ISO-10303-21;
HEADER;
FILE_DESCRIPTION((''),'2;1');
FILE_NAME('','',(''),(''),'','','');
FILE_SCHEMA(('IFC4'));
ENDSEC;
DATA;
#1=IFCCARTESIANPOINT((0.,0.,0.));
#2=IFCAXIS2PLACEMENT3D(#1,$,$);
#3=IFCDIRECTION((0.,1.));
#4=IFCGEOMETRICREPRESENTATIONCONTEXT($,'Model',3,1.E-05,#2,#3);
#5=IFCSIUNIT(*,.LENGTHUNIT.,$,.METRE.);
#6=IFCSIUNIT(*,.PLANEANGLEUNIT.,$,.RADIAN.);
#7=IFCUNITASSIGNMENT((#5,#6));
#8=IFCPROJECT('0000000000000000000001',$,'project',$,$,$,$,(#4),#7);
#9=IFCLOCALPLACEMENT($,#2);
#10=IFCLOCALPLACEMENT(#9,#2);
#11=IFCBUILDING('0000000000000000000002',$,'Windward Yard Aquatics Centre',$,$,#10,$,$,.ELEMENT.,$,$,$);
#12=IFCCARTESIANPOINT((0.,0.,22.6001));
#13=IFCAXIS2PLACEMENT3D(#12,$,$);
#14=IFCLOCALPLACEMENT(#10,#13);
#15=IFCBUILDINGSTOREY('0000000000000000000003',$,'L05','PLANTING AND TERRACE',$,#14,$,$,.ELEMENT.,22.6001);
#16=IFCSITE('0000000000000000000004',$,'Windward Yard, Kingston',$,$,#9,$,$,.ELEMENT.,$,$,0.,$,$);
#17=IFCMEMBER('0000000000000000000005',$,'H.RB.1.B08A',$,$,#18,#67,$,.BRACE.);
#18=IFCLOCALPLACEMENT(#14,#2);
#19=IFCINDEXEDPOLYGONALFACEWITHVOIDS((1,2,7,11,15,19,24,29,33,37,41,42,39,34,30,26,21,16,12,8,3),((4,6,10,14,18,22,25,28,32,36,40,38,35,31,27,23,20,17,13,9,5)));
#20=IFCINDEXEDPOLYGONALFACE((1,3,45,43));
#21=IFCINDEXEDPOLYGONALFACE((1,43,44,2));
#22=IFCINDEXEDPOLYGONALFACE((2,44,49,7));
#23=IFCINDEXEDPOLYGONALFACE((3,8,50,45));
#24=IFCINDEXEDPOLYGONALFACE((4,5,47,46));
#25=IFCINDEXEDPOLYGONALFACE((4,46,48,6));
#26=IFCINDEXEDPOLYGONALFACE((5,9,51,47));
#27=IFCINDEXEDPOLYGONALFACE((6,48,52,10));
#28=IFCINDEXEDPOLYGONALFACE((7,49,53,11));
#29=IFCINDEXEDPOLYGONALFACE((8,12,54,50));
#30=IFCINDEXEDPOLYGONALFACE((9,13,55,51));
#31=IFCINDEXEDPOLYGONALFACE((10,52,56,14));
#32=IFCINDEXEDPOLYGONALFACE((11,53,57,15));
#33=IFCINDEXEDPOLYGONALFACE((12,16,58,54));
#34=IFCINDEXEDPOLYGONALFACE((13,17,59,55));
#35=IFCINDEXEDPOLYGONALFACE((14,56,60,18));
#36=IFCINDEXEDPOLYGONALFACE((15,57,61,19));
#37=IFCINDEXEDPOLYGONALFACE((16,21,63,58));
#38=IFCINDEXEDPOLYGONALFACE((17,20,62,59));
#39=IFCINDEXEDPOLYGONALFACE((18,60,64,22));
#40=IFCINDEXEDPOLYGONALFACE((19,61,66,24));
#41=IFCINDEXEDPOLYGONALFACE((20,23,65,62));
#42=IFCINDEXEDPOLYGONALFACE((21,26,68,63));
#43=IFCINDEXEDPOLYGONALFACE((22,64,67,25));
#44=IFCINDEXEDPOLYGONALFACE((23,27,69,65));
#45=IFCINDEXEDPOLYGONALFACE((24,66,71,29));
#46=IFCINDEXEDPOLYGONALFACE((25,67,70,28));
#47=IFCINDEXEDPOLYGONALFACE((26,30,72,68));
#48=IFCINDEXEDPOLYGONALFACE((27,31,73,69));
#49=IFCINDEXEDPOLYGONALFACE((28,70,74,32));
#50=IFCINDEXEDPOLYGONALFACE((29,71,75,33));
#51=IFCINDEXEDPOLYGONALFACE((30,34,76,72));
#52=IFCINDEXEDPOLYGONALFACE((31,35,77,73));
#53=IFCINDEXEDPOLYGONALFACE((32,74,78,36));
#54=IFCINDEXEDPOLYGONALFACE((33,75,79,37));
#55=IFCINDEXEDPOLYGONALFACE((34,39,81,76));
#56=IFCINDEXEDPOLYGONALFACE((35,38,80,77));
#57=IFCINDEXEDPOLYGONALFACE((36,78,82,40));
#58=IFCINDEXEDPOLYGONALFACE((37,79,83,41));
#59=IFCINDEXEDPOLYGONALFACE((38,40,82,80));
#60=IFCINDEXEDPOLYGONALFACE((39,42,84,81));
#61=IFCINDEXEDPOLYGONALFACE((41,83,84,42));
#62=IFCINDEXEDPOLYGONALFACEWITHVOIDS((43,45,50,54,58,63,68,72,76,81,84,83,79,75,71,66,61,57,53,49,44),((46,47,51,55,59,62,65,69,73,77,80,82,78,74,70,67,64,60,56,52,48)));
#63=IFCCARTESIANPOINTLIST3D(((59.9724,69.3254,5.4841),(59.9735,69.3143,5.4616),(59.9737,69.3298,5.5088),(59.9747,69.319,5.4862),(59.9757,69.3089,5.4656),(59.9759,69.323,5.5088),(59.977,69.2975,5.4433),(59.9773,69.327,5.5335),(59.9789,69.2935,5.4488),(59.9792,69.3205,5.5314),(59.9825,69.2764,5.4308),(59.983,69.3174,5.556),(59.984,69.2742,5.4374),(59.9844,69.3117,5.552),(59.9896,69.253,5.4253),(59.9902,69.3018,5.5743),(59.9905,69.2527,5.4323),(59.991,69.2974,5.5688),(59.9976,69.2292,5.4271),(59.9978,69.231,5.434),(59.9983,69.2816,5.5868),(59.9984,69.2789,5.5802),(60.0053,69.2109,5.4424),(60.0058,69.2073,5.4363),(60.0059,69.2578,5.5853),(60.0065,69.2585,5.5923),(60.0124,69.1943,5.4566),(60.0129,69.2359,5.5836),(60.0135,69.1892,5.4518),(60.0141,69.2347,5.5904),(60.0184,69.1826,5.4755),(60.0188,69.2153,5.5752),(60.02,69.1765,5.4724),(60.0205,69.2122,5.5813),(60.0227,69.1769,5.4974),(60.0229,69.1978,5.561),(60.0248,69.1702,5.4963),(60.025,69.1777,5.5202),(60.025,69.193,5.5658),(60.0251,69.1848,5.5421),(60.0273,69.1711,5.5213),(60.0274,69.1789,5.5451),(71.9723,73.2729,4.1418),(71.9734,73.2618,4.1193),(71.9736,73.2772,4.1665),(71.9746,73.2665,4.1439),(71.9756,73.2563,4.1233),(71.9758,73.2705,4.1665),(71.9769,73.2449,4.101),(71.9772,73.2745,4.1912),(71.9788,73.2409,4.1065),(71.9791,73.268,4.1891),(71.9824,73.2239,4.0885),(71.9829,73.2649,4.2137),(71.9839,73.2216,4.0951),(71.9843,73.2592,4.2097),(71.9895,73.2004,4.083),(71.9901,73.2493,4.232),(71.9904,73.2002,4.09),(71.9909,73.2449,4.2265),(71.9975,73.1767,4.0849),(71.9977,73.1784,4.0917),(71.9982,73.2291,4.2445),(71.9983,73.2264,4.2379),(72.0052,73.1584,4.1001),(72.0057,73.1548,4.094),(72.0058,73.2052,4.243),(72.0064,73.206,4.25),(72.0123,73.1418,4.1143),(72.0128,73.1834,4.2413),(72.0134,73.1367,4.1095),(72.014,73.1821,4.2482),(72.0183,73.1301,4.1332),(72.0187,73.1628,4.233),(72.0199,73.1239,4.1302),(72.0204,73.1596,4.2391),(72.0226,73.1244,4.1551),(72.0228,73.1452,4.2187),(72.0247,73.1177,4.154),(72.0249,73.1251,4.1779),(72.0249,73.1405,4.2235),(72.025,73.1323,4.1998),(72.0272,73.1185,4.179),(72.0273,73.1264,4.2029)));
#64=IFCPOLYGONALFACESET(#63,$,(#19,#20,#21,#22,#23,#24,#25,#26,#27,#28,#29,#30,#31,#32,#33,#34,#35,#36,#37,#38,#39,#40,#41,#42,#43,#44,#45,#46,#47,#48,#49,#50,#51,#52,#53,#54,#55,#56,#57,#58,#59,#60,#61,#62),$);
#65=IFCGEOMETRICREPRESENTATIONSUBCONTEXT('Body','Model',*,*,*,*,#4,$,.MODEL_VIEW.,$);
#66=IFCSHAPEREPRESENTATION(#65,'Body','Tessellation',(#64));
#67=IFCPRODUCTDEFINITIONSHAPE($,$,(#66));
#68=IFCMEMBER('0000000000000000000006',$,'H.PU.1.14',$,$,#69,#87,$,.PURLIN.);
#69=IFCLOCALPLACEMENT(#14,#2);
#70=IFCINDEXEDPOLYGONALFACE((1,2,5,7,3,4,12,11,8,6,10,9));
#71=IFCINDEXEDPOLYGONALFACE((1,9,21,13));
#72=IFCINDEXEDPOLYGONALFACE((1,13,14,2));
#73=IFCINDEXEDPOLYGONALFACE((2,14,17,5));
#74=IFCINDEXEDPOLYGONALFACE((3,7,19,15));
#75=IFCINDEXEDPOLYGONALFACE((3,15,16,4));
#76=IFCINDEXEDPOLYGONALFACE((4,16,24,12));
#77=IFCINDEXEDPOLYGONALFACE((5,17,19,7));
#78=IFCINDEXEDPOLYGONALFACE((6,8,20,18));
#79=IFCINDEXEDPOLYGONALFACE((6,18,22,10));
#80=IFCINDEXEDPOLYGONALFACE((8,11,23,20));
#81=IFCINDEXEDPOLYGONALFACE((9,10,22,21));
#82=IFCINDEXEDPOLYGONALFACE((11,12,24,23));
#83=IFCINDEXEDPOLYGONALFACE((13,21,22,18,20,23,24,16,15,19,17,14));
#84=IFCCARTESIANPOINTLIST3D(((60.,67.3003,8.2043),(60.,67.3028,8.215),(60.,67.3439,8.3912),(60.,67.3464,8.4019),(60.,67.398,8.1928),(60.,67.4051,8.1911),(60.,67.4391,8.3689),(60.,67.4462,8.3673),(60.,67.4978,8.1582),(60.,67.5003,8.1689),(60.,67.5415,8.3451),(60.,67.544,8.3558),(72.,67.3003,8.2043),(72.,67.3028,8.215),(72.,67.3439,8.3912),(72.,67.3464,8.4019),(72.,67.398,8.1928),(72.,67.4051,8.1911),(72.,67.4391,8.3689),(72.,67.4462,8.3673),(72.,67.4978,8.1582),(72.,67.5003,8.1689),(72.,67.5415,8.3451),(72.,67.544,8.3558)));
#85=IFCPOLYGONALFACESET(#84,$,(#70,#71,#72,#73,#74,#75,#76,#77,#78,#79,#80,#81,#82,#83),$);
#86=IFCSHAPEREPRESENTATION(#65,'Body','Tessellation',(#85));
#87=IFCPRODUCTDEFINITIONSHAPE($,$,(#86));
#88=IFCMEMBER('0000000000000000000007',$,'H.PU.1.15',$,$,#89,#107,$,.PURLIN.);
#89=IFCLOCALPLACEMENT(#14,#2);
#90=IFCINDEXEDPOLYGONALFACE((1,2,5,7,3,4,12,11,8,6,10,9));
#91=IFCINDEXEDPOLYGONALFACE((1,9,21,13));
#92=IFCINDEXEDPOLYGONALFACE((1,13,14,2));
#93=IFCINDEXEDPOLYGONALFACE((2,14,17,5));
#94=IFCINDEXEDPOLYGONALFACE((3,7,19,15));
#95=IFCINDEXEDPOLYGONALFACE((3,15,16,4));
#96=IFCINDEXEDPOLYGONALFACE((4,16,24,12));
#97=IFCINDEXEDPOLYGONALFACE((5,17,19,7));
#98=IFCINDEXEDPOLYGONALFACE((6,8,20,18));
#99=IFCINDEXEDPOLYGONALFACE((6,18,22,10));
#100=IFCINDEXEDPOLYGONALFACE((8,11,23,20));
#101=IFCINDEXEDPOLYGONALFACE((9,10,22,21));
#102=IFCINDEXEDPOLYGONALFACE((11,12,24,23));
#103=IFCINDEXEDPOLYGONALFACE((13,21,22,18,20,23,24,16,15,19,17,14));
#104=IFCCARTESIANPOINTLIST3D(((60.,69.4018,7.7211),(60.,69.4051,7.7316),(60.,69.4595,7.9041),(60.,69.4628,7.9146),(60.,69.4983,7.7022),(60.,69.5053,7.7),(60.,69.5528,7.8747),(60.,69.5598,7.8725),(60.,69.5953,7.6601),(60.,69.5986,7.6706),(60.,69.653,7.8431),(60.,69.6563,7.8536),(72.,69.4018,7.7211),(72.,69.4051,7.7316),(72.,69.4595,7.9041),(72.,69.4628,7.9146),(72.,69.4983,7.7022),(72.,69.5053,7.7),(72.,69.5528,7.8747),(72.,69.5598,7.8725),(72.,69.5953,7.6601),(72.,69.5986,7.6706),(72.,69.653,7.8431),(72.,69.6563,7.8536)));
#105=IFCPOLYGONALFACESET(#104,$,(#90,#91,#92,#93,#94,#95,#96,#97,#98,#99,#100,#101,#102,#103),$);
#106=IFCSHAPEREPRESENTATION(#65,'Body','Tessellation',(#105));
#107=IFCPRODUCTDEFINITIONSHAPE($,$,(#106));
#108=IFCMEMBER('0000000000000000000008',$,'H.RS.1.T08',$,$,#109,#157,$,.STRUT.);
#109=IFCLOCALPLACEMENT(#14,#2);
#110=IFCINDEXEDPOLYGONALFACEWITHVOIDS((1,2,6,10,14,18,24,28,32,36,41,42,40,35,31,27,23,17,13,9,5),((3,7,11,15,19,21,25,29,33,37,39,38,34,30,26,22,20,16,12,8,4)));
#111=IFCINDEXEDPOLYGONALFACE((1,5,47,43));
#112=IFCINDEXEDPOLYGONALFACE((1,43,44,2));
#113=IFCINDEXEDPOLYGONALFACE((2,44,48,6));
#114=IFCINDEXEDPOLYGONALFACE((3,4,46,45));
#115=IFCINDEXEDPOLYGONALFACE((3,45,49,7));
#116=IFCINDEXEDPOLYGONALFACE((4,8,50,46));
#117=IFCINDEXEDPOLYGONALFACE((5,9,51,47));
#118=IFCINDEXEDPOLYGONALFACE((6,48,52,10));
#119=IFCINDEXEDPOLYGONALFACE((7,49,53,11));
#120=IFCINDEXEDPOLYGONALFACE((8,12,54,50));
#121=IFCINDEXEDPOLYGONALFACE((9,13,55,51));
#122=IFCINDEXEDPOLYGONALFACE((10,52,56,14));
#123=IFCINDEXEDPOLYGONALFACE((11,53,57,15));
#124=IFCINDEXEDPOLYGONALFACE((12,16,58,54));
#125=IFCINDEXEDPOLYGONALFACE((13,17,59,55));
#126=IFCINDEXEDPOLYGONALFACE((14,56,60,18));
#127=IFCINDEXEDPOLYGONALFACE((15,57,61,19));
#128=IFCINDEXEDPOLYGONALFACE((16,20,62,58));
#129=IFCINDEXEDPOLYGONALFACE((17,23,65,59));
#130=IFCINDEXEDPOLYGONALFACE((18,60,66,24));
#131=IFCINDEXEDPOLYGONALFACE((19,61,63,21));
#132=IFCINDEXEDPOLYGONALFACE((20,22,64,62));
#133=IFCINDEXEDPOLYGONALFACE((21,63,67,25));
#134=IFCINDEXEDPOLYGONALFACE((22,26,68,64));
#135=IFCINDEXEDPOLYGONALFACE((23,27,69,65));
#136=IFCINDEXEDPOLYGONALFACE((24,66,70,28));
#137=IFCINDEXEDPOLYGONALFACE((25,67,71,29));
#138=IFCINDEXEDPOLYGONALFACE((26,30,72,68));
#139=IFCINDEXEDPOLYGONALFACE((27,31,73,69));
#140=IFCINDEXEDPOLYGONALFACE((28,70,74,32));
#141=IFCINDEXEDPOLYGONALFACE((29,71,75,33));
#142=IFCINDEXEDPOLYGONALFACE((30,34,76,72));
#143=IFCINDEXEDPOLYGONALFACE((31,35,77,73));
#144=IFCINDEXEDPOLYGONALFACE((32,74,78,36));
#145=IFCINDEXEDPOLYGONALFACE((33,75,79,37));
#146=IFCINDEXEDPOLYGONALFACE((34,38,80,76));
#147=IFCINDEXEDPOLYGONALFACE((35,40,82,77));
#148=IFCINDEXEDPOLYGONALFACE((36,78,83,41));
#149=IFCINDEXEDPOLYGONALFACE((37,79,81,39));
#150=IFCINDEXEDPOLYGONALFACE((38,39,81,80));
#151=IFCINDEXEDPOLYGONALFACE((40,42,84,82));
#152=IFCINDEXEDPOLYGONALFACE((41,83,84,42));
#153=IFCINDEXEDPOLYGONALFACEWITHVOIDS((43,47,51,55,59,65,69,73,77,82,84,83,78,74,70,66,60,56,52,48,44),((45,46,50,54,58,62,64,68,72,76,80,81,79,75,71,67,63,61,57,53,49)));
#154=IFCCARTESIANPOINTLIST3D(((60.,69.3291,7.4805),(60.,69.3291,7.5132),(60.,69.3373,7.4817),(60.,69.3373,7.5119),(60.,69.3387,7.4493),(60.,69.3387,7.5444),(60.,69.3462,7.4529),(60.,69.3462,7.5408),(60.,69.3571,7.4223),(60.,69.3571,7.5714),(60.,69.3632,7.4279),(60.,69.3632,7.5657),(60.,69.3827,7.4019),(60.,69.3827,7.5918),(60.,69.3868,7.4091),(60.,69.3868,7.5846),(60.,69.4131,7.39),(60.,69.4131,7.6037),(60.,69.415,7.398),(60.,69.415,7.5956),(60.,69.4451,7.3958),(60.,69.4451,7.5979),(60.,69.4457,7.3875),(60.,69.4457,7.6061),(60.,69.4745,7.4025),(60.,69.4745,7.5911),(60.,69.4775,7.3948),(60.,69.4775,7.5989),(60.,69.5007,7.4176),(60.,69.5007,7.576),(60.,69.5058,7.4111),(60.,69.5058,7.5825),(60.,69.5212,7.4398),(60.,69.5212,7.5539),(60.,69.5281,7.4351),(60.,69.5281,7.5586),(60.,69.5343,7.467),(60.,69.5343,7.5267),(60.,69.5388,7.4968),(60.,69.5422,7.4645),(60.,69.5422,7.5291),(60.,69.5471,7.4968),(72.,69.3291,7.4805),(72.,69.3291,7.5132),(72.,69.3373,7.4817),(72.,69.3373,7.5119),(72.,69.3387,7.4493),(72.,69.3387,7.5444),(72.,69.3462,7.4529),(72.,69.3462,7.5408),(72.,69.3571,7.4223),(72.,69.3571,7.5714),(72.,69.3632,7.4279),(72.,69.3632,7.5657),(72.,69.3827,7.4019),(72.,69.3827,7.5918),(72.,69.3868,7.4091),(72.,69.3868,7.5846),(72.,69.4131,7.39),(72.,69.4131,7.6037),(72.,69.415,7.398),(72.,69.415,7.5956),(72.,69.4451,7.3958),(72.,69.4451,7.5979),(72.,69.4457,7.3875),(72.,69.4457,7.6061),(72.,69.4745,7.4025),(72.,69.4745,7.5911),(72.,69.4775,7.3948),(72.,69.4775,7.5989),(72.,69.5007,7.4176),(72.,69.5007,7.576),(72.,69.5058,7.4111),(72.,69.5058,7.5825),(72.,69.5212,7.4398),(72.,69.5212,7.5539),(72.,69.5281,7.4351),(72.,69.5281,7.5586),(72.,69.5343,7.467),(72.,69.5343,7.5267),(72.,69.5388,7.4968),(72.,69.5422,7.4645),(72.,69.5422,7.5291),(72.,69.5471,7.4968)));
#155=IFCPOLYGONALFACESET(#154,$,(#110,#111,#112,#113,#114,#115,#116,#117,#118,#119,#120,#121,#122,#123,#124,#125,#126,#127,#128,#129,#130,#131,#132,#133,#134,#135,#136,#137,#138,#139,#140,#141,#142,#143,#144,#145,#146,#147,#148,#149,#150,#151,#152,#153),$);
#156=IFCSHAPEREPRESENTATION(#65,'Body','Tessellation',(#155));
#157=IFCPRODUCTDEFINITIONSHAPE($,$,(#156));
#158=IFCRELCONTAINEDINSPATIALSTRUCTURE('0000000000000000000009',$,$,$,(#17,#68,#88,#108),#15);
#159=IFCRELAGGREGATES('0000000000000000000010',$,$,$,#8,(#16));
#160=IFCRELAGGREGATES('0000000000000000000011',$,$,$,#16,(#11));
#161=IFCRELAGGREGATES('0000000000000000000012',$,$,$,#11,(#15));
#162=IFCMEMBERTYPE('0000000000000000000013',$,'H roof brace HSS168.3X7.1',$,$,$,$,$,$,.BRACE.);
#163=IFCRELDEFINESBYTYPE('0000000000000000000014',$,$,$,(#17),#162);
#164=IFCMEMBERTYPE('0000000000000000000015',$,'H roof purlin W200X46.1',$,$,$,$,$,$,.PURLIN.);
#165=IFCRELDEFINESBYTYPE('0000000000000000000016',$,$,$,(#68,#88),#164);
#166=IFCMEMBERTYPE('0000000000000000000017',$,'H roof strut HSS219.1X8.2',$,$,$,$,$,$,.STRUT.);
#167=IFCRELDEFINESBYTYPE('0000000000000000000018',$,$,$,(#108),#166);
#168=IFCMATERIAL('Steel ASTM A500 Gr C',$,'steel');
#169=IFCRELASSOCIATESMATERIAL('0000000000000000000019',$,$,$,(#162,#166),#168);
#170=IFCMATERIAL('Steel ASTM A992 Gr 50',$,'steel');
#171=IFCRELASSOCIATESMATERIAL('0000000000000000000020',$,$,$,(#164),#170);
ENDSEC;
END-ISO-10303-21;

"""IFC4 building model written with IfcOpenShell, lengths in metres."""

from ifc_helpers import new_model, si_unit, direction, frame, origin, origin_2d, place, context, subcontext, project, spatial, hollow_circle, i_section, extrude, material, material_profile, profile_set, type_object, element, save


model = new_model("IFC4")

# Units and contexts
model_context = context("Model", 3, precision=1e-05, world=origin(), true_north=direction((0.0, 1.0)))
body_context = subcontext(model_context, "Body", "Model", "MODEL_VIEW")
ifc_project = project(units=[si_unit("LENGTHUNIT", "METRE"), si_unit("PLANEANGLEUNIT", "RADIAN")], contexts=[model_context])

# Site, building, storey
site_placement = place(None, origin())
site = spatial("IfcSite", under=ifc_project, at=site_placement, Name="Windward Yard, Kingston", CompositionType="ELEMENT", RefElevation=0.0)
building_placement = place(site_placement, origin())
building = spatial("IfcBuilding", under=site, at=building_placement, Name="Windward Yard Aquatics Centre", CompositionType="ELEMENT")
storey_placement = place(building_placement, frame((0.0, 0.0, 22.6001)))
storey = spatial("IfcBuildingStorey", under=building, at=storey_placement, Name="L05", Description="PLANTING AND TERRACE", CompositionType="ELEMENT", Elevation=22.6001)

# Members
ifc_material_1 = material(Name="Steel ASTM A500 Gr C", Category="steel")
ifc_material_profile_1 = material_profile(ifc_material_1, hollow_circle(Radius=0.0842, WallThickness=0.0071, at=origin_2d()), Name="HSS168.3X7.1")
ifc_profile_set_1 = profile_set([ifc_material_profile_1], Name="Steel ASTM A500 Gr C")
member_type_1 = type_object("IfcMemberType", Name="H roof brace HSS168.3X7.1", PredefinedType="BRACE", material=ifc_profile_set_1)
member_1_placement = place(storey_placement, frame((60.0, 69.2498, 5.5088), z_axis=(0.944605, 0.310736, -0.105661), x_axis=(-0.312486, 0.949922, 0.0)))
element("IfcMember", 1, at=member_1_placement, inside=storey, type_object=member_type_1, Name="H.RB.1.B08A", PredefinedType="BRACE", context=body_context, shape_type="SweptSolid", body=[
    extrude(hollow_circle(Radius=0.0842, WallThickness=0.0071, at=origin_2d()), origin(), (0.0, 0.0, 1.0), 12.7036),
])
ifc_material_2 = material(Name="Steel ASTM A992 Gr 50", Category="steel")
ifc_material_profile_2 = material_profile(ifc_material_2, i_section(OverallWidth=0.2029, OverallDepth=0.2029, WebThickness=0.0073, FlangeThickness=0.011, at=origin_2d()), Name="W200X46.1")
ifc_profile_set_2 = profile_set([ifc_material_profile_2], Name="Steel ASTM A992 Gr 50")
member_type_2 = type_object("IfcMemberType", Name="H roof purlin W200X46.1", PredefinedType="PURLIN", material=ifc_profile_set_2)
for number, where, z_axis, x_axis, name in (
    (2, (60.0, 67.4221, 8.28), (1.0, 0.0, 0.0), (0.0, 0.973829, -0.227281), "H.PU.1.14"),
    (3, (60.0, 69.5291, 7.7874), (1.0, 0.0, 0.0), (0.0, 0.953633, -0.300973), "H.PU.1.15"),
):
    element("IfcMember", number, at=place(storey_placement, frame(where, z_axis=z_axis, x_axis=x_axis)), inside=storey, type_object=member_type_2, Name=name, PredefinedType="PURLIN", context=body_context, shape_type="SweptSolid", body=[
        extrude(i_section(OverallWidth=0.2029, OverallDepth=0.2029, WebThickness=0.0073, FlangeThickness=0.011, at=origin_2d()), origin(), (0.0, 0.0, 1.0), 12.0),
    ])
ifc_material_profile_3 = material_profile(ifc_material_1, hollow_circle(Radius=0.1096, WallThickness=0.0083, at=origin_2d()), Name="HSS219.1X8.2")
ifc_profile_set_3 = profile_set([ifc_material_profile_3], Name="Steel ASTM A500 Gr C")
member_type_3 = type_object("IfcMemberType", Name="H roof strut HSS219.1X8.2", PredefinedType="STRUT", material=ifc_profile_set_3)
for number, where, z_axis, x_axis, name in (
    (4, (60.0, 69.4375, 7.4968), (1.0, 0.0, 0.0), (0.0, 1.0, 0.0), "H.RS.1.T08"),
):
    element("IfcMember", number, at=place(storey_placement, frame(where, z_axis=z_axis, x_axis=x_axis)), inside=storey, type_object=member_type_3, Name=name, PredefinedType="STRUT", context=body_context, shape_type="SweptSolid", body=[
        extrude(hollow_circle(Radius=0.1096, WallThickness=0.0083, at=origin_2d()), origin(), (0.0, 0.0, 1.0), 12.0),
    ])

save(model, "model.ifc")
